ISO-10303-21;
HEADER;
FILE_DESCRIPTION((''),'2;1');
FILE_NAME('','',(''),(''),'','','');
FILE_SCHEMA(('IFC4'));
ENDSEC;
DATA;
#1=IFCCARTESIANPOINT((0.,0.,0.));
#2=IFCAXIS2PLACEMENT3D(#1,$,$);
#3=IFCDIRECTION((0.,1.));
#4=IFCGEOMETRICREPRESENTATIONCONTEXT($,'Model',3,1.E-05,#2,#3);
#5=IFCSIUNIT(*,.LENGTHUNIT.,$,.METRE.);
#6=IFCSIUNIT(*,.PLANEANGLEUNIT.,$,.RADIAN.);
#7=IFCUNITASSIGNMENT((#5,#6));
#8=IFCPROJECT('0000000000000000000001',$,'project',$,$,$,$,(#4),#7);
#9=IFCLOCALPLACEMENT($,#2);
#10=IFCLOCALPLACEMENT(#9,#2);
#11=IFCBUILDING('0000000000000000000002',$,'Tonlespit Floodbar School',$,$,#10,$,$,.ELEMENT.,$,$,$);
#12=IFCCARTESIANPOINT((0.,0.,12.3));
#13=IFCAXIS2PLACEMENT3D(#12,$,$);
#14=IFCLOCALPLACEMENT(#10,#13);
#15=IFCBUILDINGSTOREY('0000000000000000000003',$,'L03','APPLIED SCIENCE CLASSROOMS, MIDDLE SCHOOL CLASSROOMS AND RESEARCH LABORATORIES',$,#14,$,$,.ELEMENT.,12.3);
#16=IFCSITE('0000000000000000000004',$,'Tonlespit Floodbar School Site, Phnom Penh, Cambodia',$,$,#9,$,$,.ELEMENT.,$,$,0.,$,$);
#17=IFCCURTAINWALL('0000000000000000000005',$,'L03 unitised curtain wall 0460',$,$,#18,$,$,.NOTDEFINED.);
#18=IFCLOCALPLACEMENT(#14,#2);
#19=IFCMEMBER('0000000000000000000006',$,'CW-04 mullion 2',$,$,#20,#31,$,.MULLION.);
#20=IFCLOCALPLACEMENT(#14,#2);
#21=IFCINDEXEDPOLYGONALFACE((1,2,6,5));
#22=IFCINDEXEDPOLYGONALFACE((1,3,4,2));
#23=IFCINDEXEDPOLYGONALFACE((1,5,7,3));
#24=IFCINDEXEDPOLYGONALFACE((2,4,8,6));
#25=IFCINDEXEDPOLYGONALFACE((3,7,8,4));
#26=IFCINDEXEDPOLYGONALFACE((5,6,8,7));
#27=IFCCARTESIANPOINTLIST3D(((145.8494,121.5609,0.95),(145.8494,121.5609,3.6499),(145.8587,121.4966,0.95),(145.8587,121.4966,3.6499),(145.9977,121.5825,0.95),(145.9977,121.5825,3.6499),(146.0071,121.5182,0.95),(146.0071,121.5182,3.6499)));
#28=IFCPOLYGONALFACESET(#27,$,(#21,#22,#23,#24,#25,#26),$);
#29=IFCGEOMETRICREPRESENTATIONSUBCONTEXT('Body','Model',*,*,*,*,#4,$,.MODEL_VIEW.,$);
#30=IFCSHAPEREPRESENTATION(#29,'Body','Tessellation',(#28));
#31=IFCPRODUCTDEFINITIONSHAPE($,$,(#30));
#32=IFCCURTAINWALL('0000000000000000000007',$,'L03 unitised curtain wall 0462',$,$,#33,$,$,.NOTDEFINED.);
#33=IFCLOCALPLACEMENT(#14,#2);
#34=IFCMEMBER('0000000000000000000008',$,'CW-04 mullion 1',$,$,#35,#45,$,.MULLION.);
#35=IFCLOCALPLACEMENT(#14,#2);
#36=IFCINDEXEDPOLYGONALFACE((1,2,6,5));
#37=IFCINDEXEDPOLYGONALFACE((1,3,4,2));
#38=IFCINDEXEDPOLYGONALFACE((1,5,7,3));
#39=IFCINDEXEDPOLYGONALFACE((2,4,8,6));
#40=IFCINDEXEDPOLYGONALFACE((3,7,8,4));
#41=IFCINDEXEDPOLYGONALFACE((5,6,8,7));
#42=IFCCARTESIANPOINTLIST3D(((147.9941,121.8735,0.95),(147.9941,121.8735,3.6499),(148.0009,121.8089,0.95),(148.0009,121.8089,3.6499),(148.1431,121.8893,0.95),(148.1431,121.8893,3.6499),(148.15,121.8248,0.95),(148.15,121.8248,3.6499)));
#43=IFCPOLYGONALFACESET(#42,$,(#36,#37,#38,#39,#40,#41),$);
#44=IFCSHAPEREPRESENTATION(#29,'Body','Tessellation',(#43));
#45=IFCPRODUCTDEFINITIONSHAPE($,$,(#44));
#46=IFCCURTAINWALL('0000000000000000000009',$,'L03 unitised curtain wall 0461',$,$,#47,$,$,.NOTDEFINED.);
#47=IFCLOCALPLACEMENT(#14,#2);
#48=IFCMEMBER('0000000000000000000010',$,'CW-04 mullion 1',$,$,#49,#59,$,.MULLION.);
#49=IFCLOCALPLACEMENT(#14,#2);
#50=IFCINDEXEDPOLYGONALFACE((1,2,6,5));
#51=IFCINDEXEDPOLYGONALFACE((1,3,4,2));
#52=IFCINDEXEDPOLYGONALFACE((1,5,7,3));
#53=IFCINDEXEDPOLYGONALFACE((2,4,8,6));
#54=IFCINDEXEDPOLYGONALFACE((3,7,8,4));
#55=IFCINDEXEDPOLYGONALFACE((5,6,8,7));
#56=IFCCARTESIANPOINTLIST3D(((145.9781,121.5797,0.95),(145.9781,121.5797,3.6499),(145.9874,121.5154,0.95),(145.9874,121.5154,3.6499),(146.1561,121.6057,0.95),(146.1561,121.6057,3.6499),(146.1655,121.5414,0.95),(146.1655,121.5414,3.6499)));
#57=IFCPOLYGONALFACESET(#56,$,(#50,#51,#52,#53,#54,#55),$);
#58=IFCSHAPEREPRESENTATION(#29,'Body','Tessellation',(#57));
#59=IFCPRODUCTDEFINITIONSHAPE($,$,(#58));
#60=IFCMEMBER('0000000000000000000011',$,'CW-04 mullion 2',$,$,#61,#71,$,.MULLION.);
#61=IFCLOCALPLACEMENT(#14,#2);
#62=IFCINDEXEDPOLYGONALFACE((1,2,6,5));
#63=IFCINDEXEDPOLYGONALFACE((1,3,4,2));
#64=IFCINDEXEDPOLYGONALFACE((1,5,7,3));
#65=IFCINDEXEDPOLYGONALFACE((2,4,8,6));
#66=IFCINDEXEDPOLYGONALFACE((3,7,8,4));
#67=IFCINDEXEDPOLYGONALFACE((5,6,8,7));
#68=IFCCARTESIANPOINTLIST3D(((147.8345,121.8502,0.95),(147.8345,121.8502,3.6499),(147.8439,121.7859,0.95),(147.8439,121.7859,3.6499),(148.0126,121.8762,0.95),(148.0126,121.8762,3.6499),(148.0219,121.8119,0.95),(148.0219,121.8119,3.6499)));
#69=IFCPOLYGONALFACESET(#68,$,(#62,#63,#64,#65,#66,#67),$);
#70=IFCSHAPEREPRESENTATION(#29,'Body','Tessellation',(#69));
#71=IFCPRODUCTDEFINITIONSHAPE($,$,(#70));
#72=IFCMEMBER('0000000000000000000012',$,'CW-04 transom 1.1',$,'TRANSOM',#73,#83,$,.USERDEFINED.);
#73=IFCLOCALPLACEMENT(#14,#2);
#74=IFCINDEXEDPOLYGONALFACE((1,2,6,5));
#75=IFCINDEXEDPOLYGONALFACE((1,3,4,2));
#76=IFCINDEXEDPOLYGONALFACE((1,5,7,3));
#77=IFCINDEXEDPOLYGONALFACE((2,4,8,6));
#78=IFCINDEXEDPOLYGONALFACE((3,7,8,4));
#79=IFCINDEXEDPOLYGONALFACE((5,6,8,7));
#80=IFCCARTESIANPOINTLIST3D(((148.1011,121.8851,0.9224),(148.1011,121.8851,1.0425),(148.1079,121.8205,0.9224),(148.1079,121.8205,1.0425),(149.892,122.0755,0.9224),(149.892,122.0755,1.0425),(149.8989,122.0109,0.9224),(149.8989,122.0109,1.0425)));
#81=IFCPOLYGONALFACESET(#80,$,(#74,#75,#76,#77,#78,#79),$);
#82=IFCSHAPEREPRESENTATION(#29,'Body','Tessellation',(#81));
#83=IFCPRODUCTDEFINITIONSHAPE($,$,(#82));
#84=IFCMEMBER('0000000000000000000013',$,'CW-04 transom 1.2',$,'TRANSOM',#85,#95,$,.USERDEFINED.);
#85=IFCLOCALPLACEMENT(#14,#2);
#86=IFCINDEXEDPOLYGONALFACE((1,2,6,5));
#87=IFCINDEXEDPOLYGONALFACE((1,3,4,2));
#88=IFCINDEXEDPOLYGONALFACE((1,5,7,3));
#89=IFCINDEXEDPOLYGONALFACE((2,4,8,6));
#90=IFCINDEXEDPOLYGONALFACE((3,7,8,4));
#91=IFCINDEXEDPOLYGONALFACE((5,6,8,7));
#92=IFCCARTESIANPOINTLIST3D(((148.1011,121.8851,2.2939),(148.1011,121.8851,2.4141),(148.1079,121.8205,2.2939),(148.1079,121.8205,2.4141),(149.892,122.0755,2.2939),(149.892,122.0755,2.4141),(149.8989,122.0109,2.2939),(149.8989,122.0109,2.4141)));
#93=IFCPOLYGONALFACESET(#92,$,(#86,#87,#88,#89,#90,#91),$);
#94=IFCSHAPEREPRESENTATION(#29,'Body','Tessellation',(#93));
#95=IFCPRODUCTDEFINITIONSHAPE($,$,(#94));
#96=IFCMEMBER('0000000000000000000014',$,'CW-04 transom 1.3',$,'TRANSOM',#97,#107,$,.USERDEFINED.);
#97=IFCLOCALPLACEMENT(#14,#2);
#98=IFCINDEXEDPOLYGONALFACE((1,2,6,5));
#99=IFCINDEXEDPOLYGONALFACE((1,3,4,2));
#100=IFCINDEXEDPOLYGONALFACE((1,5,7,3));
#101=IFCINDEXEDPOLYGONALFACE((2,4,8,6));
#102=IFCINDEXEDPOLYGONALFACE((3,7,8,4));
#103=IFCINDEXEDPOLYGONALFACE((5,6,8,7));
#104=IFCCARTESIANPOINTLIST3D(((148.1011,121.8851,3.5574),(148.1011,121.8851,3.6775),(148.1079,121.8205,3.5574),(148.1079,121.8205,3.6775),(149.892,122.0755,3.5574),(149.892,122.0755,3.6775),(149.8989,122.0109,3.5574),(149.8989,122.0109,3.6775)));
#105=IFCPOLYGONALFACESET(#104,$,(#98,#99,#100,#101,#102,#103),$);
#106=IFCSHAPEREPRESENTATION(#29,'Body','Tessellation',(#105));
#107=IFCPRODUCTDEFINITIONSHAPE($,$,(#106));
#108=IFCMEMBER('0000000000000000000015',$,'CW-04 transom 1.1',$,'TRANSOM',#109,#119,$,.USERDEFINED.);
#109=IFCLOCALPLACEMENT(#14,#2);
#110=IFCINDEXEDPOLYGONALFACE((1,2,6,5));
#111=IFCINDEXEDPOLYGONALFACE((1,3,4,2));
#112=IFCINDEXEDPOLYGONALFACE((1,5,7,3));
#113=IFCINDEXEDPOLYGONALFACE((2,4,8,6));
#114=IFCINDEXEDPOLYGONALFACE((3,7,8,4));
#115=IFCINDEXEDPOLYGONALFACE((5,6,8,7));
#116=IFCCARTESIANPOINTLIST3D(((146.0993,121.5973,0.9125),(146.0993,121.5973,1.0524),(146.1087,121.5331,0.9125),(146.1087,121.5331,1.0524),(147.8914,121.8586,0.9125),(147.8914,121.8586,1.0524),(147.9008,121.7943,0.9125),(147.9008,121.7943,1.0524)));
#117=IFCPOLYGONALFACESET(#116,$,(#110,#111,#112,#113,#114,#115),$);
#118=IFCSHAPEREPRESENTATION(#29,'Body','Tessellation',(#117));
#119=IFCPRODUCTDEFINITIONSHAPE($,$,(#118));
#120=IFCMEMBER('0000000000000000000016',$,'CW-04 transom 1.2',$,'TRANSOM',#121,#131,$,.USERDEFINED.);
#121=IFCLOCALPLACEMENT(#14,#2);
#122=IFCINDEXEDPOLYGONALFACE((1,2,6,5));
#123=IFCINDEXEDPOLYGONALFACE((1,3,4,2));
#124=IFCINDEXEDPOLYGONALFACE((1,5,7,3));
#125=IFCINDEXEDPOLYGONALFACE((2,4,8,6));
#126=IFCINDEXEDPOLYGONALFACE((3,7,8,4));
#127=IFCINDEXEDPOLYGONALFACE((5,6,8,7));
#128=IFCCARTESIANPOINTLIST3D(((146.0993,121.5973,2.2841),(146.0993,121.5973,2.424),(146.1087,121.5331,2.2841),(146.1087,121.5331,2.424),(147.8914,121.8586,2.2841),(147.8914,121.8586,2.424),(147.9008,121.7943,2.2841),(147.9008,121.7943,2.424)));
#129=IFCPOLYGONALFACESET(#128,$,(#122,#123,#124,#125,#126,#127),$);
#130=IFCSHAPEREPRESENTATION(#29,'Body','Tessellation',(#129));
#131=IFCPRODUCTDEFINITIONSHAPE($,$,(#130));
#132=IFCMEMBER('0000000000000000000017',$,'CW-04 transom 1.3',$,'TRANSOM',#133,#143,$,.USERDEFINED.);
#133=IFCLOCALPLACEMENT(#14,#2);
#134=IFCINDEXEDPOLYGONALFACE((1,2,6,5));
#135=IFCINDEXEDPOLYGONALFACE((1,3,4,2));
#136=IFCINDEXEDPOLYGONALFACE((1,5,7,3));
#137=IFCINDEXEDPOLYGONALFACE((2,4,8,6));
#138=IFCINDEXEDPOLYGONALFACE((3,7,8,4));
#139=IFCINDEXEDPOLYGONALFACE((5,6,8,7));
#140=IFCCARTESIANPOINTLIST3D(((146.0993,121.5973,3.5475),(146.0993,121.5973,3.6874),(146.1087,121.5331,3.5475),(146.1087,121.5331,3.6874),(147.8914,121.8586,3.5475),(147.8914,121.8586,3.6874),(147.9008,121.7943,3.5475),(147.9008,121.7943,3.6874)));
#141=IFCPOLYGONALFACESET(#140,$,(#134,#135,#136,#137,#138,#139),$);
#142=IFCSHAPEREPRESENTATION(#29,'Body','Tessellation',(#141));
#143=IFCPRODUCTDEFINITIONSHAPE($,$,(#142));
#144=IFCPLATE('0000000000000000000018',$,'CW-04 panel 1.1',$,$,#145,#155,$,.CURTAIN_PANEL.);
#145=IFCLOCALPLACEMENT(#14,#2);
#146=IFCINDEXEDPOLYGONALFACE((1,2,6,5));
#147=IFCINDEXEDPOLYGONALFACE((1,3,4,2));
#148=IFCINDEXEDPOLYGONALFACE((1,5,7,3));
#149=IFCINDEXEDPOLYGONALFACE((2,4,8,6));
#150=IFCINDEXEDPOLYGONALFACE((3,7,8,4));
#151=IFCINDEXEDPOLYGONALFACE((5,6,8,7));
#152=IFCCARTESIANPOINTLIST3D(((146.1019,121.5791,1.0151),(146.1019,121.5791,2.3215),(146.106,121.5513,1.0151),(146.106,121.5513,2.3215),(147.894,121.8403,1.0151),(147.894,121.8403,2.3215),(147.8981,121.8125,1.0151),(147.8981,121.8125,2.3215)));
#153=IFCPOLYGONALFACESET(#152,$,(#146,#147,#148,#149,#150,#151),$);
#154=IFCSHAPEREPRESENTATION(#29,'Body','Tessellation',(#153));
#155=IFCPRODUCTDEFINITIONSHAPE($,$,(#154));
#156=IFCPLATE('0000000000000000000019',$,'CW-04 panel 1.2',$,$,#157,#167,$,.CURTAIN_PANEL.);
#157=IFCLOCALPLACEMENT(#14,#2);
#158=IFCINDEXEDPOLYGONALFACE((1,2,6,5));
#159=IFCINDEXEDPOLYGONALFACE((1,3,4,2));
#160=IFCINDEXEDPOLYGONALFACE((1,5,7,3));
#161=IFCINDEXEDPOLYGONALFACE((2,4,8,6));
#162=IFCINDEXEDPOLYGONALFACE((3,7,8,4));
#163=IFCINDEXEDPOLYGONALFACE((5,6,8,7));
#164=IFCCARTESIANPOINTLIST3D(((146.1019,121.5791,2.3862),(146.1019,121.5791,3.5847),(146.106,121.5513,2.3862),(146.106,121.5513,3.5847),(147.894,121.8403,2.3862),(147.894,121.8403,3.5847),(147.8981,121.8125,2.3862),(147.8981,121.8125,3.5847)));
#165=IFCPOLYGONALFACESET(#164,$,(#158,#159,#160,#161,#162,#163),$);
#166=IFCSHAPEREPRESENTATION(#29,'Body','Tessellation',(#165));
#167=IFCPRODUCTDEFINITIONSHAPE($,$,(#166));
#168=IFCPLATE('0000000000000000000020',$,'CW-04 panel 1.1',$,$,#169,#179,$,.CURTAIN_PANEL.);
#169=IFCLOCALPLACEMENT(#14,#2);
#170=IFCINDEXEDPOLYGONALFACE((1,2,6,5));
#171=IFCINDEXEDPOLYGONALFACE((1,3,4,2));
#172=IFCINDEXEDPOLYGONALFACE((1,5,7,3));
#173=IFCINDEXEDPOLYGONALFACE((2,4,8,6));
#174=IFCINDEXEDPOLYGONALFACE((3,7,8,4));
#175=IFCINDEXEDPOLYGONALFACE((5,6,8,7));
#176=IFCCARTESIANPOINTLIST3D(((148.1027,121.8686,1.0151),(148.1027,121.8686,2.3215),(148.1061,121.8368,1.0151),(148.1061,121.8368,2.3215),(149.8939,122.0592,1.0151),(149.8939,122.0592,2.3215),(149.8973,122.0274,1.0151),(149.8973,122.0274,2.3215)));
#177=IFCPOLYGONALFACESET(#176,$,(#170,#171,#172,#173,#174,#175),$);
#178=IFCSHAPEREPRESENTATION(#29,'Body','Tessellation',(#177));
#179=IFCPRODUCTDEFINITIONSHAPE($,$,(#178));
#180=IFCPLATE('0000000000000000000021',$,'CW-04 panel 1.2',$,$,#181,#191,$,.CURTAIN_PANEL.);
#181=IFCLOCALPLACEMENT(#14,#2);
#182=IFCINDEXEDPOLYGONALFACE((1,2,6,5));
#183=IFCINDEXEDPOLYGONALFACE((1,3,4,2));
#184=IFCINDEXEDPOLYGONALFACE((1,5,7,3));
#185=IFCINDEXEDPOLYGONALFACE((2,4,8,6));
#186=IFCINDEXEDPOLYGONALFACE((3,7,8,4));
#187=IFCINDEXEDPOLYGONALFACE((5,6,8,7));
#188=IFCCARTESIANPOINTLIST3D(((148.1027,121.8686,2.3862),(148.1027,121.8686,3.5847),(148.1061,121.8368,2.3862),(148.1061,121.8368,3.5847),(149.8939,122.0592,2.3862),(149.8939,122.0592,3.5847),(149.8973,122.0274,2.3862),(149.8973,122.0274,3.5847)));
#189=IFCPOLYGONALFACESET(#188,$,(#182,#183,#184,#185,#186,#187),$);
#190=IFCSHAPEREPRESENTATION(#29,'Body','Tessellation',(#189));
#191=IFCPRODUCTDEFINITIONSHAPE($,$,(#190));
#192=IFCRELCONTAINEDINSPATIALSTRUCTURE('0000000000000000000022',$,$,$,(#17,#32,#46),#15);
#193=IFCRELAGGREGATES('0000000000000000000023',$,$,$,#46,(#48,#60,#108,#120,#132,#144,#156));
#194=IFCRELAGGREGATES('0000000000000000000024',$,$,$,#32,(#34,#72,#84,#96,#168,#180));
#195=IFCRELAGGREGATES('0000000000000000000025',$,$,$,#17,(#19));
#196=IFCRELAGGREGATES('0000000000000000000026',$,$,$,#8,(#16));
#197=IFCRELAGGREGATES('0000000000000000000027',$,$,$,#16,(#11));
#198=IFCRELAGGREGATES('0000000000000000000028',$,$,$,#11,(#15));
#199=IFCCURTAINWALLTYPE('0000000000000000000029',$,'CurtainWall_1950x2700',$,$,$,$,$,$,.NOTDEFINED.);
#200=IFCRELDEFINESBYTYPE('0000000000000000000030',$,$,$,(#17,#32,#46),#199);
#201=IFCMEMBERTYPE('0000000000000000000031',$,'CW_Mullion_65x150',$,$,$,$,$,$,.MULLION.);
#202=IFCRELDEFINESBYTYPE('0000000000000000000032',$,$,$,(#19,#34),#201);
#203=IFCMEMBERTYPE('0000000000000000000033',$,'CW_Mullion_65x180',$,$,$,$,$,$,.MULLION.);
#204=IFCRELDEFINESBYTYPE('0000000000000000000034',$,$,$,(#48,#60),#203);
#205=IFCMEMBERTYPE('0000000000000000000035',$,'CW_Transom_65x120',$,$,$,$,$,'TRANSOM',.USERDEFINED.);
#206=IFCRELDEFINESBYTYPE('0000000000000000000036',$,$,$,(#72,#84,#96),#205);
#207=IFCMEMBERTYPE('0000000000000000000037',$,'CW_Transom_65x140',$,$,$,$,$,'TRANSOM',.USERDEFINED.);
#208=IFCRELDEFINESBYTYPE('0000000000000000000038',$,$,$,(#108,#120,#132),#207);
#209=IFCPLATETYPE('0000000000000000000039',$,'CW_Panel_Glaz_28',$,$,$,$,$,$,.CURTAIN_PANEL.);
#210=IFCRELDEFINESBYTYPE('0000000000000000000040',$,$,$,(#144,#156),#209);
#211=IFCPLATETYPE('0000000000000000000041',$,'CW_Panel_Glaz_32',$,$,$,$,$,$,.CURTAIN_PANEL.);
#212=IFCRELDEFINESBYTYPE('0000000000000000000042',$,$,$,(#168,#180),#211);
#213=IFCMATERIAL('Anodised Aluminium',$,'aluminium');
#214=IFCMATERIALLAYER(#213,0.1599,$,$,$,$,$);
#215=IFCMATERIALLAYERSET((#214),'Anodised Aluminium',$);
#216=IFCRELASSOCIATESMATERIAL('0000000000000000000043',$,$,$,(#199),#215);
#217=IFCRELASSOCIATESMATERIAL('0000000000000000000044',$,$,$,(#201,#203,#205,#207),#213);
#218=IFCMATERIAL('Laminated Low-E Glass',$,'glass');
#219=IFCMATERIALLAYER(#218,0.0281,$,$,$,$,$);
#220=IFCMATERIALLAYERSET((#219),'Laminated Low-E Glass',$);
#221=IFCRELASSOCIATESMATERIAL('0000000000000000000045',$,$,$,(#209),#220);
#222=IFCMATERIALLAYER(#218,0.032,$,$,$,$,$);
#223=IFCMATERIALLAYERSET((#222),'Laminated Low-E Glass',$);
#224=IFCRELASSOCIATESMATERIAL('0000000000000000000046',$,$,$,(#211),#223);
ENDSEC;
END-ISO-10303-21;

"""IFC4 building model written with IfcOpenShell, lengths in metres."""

from ifc_helpers import new_model, si_unit, direction, frame, origin, origin_2d, place, context, subcontext, project, spatial, rectangle, extrude, material, layer, layer_set, material_profile, profile_set, type_object, element, aggregate, save


model = new_model("IFC4")

# Units and contexts
model_context = context("Model", 3, precision=1e-05, world=origin(), true_north=direction((0.0, 1.0)))
body_context = subcontext(model_context, "Body", "Model", "MODEL_VIEW")
ifc_project = project(units=[si_unit("LENGTHUNIT", "METRE"), si_unit("PLANEANGLEUNIT", "RADIAN")], contexts=[model_context])

# Site, building, storey
site_placement = place(None, origin())
site = spatial("IfcSite", under=ifc_project, at=site_placement, Name="Tonlespit Floodbar School Site, Phnom Penh, Cambodia", CompositionType="ELEMENT", RefElevation=0.0)
building_placement = place(site_placement, origin())
building = spatial("IfcBuilding", under=site, at=building_placement, Name="Tonlespit Floodbar School", CompositionType="ELEMENT")
storey_placement = place(building_placement, frame((0.0, 0.0, 12.3)))
storey = spatial("IfcBuildingStorey", under=building, at=storey_placement, Name="L03", Description="APPLIED SCIENCE CLASSROOMS, MIDDLE SCHOOL CLASSROOMS AND RESEARCH LABORATORIES", CompositionType="ELEMENT", Elevation=12.3)

# Curtain walls, members
ifc_material_1 = material(Name="Anodised Aluminium", Category="aluminium")
ifc_layer_1 = layer(ifc_material_1, 0.1599)
ifc_layer_set_1 = layer_set([ifc_layer_1], Name="Anodised Aluminium")
curtain_wall_type = type_object("IfcCurtainWallType", Name="CurtainWall_1950x2700", PredefinedType="NOTDEFINED", material=ifc_layer_set_1)
curtain_wall_1_placement = place(storey_placement, origin())
curtain_wall_1 = element("IfcCurtainWall", 1, at=curtain_wall_1_placement, inside=storey, type_object=curtain_wall_type, Name="L03 unitised curtain wall 0460", PredefinedType="NOTDEFINED")
ifc_material_profile_1 = material_profile(ifc_material_1, rectangle(XDim=0.0649, YDim=0.1499, at=origin_2d()), Name="ALU M65x150")
ifc_profile_set_1 = profile_set([ifc_material_profile_1], Name="Anodised Aluminium")
member_type_1 = type_object("IfcMemberType", Name="CW_Mullion_65x150", PredefinedType="MULLION", material=ifc_profile_set_1)
member_1_placement = place(storey_placement, frame((145.9282, 121.5396, 0.95), z_axis=(0.0, 0.0, 1.0), x_axis=(-0.144248, 0.989542, 0.0)))
member_1 = element("IfcMember", 2, at=member_1_placement, type_object=member_type_1, Name="CW-04 mullion 2", PredefinedType="MULLION", context=body_context, shape_type="SweptSolid", body=[
    extrude(rectangle(XDim=0.0649, YDim=0.1499, at=origin_2d()), origin(), (0.0, 0.0, 1.0), 2.7),
])
curtain_wall_2_placement = place(storey_placement, origin())
curtain_wall_2 = element("IfcCurtainWall", 3, at=curtain_wall_2_placement, inside=storey, type_object=curtain_wall_type, Name="L03 unitised curtain wall 0462", PredefinedType="NOTDEFINED")
member_2_placement = place(storey_placement, frame((148.072, 121.8491, 0.95), z_axis=(0.0, 0.0, 1.0), x_axis=(-0.105787, 0.994389, 0.0)))
member_2 = element("IfcMember", 4, at=member_2_placement, type_object=member_type_1, Name="CW-04 mullion 1", PredefinedType="MULLION", context=body_context, shape_type="SweptSolid", body=[
    extrude(rectangle(XDim=0.0649, YDim=0.1499, at=origin_2d()), origin(), (0.0, 0.0, 1.0), 2.7),
])

# Curtain wall, members
curtain_wall_3_placement = place(storey_placement, origin())
curtain_wall_3 = element("IfcCurtainWall", 5, at=curtain_wall_3_placement, inside=storey, type_object=curtain_wall_type, Name="L03 unitised curtain wall 0461", PredefinedType="NOTDEFINED")
ifc_material_profile_2 = material_profile(ifc_material_1, rectangle(XDim=0.0649, YDim=0.1799, at=origin_2d()), Name="ALU M65x180")
ifc_profile_set_2 = profile_set([ifc_material_profile_2], Name="Anodised Aluminium")
member_type_2 = type_object("IfcMemberType", Name="CW_Mullion_65x180", PredefinedType="MULLION", material=ifc_profile_set_2)
member_3_placement = place(storey_placement, frame((146.0718, 121.5605, 0.95), z_axis=(0.0, 0.0, 1.0), x_axis=(-0.144248, 0.989542, 0.0)))
member_3 = element("IfcMember", 6, at=member_3_placement, type_object=member_type_2, Name="CW-04 mullion 1", PredefinedType="MULLION", context=body_context, shape_type="SweptSolid", body=[
    extrude(rectangle(XDim=0.0649, YDim=0.1799, at=origin_2d()), origin(), (0.0, 0.0, 1.0), 2.7),
])
member_4_placement = place(storey_placement, frame((147.9282, 121.8311, 0.95), z_axis=(0.0, 0.0, 1.0), x_axis=(-0.144248, 0.989542, 0.0)))
member_4 = element("IfcMember", 7, at=member_4_placement, type_object=member_type_2, Name="CW-04 mullion 2", PredefinedType="MULLION", context=body_context, shape_type="SweptSolid", body=[
    extrude(rectangle(XDim=0.0649, YDim=0.1799, at=origin_2d()), origin(), (0.0, 0.0, 1.0), 2.7),
])

# Members
ifc_material_profile_3 = material_profile(ifc_material_1, rectangle(XDim=0.0649, YDim=0.1201, at=origin_2d()), Name="ALU T65x120")
ifc_profile_set_3 = profile_set([ifc_material_profile_3], Name="Anodised Aluminium")
member_type_3 = type_object("IfcMemberType", Name="CW_Transom_65x120", ElementType="TRANSOM", PredefinedType="USERDEFINED", material=ifc_profile_set_3)
member_5_placement = place(storey_placement, frame((148.1045, 121.8528, 0.9824), z_axis=(0.994395, 0.105729, 0.0), x_axis=(-0.105729, 0.994395, 0.0)))
member_5 = element("IfcMember", 8, at=member_5_placement, type_object=member_type_3, Name="CW-04 transom 1.1", ObjectType="TRANSOM", PredefinedType="USERDEFINED", context=body_context, shape_type="SweptSolid", body=[
    extrude(rectangle(XDim=0.0649, YDim=0.1201, at=origin_2d()), origin(), (0.0, 0.0, 1.0), 1.801),
])
member_6_placement = place(storey_placement, frame((148.1045, 121.8528, 2.354), z_axis=(0.994395, 0.105729, 0.0), x_axis=(-0.105729, 0.994395, 0.0)))
member_6 = element("IfcMember", 9, at=member_6_placement, type_object=member_type_3, Name="CW-04 transom 1.2", ObjectType="TRANSOM", PredefinedType="USERDEFINED", context=body_context, shape_type="SweptSolid", body=[
    extrude(rectangle(XDim=0.0649, YDim=0.1201, at=origin_2d()), origin(), (0.0, 0.0, 1.0), 1.801),
])
member_7_placement = place(storey_placement, frame((148.1045, 121.8528, 3.6174), z_axis=(0.994395, 0.105729, 0.0), x_axis=(-0.105729, 0.994395, 0.0)))
member_7 = element("IfcMember", 10, at=member_7_placement, type_object=member_type_3, Name="CW-04 transom 1.3", ObjectType="TRANSOM", PredefinedType="USERDEFINED", context=body_context, shape_type="SweptSolid", body=[
    extrude(rectangle(XDim=0.0649, YDim=0.1201, at=origin_2d()), origin(), (0.0, 0.0, 1.0), 1.801),
])
ifc_material_profile_4 = material_profile(ifc_material_1, rectangle(XDim=0.0649, YDim=0.1399, at=origin_2d()), Name="ALU T65x140")
ifc_profile_set_4 = profile_set([ifc_material_profile_4], Name="Anodised Aluminium")
member_type_4 = type_object("IfcMemberType", Name="CW_Transom_65x140", ElementType="TRANSOM", PredefinedType="USERDEFINED", material=ifc_profile_set_4)
member_8_placement = place(storey_placement, frame((146.104, 121.5652, 0.9824), z_axis=(0.989541, 0.144252, 0.0), x_axis=(-0.144252, 0.989541, 0.0)))
member_8 = element("IfcMember", 11, at=member_8_placement, type_object=member_type_4, Name="CW-04 transom 1.1", ObjectType="TRANSOM", PredefinedType="USERDEFINED", context=body_context, shape_type="SweptSolid", body=[
    extrude(rectangle(XDim=0.0649, YDim=0.1399, at=origin_2d()), origin(), (0.0, 0.0, 1.0), 1.811),
])
member_9_placement = place(storey_placement, frame((146.104, 121.5652, 2.354), z_axis=(0.989541, 0.144252, 0.0), x_axis=(-0.144252, 0.989541, 0.0)))
member_9 = element("IfcMember", 12, at=member_9_placement, type_object=member_type_4, Name="CW-04 transom 1.2", ObjectType="TRANSOM", PredefinedType="USERDEFINED", context=body_context, shape_type="SweptSolid", body=[
    extrude(rectangle(XDim=0.0649, YDim=0.1399, at=origin_2d()), origin(), (0.0, 0.0, 1.0), 1.811),
])
member_10_placement = place(storey_placement, frame((146.104, 121.5652, 3.6174), z_axis=(0.989541, 0.144252, 0.0), x_axis=(-0.144252, 0.989541, 0.0)))
member_10 = element("IfcMember", 13, at=member_10_placement, type_object=member_type_4, Name="CW-04 transom 1.3", ObjectType="TRANSOM", PredefinedType="USERDEFINED", context=body_context, shape_type="SweptSolid", body=[
    extrude(rectangle(XDim=0.0649, YDim=0.1399, at=origin_2d()), origin(), (0.0, 0.0, 1.0), 1.811),
])

# Plates
ifc_material_2 = material(Name="Laminated Low-E Glass", Category="glass")
ifc_layer_2 = layer(ifc_material_2, 0.0281)
ifc_layer_set_2 = layer_set([ifc_layer_2], Name="Laminated Low-E Glass")
plate_type_1 = type_object("IfcPlateType", Name="CW_Panel_Glaz_28", PredefinedType="CURTAIN_PANEL", material=ifc_layer_set_2)
plate_1_placement = place(storey_placement, frame((147.0, 121.6958, 1.0151), z_axis=(0.0, 0.0, 1.0), x_axis=(0.989542, 0.144248, 0.0)))
plate_1 = element("IfcPlate", 14, at=plate_1_placement, type_object=plate_type_1, Name="CW-04 panel 1.1", PredefinedType="CURTAIN_PANEL", context=body_context, shape_type="SweptSolid", body=[
    extrude(rectangle(XDim=1.811, YDim=0.0281, at=origin_2d()), origin(), (0.0, 0.0, 1.0), 1.3064),
])
plate_2_placement = place(storey_placement, frame((147.0, 121.6958, 2.3862), z_axis=(0.0, 0.0, 1.0), x_axis=(0.989542, 0.144248, 0.0)))
plate_2 = element("IfcPlate", 15, at=plate_2_placement, type_object=plate_type_1, Name="CW-04 panel 1.2", PredefinedType="CURTAIN_PANEL", context=body_context, shape_type="SweptSolid", body=[
    extrude(rectangle(XDim=1.811, YDim=0.0281, at=origin_2d()), origin(), (0.0, 0.0, 1.0), 1.1985),
])
aggregate(curtain_wall_3, [member_3, member_4, member_8, member_9, member_10, plate_1, plate_2])
ifc_layer_3 = layer(ifc_material_2, 0.032)
ifc_layer_set_3 = layer_set([ifc_layer_3], Name="Laminated Low-E Glass")
plate_type_2 = type_object("IfcPlateType", Name="CW_Panel_Glaz_32", PredefinedType="CURTAIN_PANEL", material=ifc_layer_set_3)
plate_3_placement = place(storey_placement, frame((149.0, 121.948, 1.0151), z_axis=(0.0, 0.0, 1.0), x_axis=(0.994389, 0.105787, 0.0)))
plate_3 = element("IfcPlate", 16, at=plate_3_placement, type_object=plate_type_2, Name="CW-04 panel 1.1", PredefinedType="CURTAIN_PANEL", context=body_context, shape_type="SweptSolid", body=[
    extrude(rectangle(XDim=1.8013, YDim=0.032, at=origin_2d()), origin(), (0.0, 0.0, 1.0), 1.3064),
])
plate_4_placement = place(storey_placement, frame((149.0, 121.948, 2.3862), z_axis=(0.0, 0.0, 1.0), x_axis=(0.994389, 0.105787, 0.0)))
plate_4 = element("IfcPlate", 17, at=plate_4_placement, type_object=plate_type_2, Name="CW-04 panel 1.2", PredefinedType="CURTAIN_PANEL", context=body_context, shape_type="SweptSolid", body=[
    extrude(rectangle(XDim=1.8013, YDim=0.032, at=origin_2d()), origin(), (0.0, 0.0, 1.0), 1.1985),
])
aggregate(curtain_wall_2, [member_2, member_5, member_6, member_7, plate_3, plate_4])
aggregate(curtain_wall_1, [member_1])

save(model, "model.ifc")
